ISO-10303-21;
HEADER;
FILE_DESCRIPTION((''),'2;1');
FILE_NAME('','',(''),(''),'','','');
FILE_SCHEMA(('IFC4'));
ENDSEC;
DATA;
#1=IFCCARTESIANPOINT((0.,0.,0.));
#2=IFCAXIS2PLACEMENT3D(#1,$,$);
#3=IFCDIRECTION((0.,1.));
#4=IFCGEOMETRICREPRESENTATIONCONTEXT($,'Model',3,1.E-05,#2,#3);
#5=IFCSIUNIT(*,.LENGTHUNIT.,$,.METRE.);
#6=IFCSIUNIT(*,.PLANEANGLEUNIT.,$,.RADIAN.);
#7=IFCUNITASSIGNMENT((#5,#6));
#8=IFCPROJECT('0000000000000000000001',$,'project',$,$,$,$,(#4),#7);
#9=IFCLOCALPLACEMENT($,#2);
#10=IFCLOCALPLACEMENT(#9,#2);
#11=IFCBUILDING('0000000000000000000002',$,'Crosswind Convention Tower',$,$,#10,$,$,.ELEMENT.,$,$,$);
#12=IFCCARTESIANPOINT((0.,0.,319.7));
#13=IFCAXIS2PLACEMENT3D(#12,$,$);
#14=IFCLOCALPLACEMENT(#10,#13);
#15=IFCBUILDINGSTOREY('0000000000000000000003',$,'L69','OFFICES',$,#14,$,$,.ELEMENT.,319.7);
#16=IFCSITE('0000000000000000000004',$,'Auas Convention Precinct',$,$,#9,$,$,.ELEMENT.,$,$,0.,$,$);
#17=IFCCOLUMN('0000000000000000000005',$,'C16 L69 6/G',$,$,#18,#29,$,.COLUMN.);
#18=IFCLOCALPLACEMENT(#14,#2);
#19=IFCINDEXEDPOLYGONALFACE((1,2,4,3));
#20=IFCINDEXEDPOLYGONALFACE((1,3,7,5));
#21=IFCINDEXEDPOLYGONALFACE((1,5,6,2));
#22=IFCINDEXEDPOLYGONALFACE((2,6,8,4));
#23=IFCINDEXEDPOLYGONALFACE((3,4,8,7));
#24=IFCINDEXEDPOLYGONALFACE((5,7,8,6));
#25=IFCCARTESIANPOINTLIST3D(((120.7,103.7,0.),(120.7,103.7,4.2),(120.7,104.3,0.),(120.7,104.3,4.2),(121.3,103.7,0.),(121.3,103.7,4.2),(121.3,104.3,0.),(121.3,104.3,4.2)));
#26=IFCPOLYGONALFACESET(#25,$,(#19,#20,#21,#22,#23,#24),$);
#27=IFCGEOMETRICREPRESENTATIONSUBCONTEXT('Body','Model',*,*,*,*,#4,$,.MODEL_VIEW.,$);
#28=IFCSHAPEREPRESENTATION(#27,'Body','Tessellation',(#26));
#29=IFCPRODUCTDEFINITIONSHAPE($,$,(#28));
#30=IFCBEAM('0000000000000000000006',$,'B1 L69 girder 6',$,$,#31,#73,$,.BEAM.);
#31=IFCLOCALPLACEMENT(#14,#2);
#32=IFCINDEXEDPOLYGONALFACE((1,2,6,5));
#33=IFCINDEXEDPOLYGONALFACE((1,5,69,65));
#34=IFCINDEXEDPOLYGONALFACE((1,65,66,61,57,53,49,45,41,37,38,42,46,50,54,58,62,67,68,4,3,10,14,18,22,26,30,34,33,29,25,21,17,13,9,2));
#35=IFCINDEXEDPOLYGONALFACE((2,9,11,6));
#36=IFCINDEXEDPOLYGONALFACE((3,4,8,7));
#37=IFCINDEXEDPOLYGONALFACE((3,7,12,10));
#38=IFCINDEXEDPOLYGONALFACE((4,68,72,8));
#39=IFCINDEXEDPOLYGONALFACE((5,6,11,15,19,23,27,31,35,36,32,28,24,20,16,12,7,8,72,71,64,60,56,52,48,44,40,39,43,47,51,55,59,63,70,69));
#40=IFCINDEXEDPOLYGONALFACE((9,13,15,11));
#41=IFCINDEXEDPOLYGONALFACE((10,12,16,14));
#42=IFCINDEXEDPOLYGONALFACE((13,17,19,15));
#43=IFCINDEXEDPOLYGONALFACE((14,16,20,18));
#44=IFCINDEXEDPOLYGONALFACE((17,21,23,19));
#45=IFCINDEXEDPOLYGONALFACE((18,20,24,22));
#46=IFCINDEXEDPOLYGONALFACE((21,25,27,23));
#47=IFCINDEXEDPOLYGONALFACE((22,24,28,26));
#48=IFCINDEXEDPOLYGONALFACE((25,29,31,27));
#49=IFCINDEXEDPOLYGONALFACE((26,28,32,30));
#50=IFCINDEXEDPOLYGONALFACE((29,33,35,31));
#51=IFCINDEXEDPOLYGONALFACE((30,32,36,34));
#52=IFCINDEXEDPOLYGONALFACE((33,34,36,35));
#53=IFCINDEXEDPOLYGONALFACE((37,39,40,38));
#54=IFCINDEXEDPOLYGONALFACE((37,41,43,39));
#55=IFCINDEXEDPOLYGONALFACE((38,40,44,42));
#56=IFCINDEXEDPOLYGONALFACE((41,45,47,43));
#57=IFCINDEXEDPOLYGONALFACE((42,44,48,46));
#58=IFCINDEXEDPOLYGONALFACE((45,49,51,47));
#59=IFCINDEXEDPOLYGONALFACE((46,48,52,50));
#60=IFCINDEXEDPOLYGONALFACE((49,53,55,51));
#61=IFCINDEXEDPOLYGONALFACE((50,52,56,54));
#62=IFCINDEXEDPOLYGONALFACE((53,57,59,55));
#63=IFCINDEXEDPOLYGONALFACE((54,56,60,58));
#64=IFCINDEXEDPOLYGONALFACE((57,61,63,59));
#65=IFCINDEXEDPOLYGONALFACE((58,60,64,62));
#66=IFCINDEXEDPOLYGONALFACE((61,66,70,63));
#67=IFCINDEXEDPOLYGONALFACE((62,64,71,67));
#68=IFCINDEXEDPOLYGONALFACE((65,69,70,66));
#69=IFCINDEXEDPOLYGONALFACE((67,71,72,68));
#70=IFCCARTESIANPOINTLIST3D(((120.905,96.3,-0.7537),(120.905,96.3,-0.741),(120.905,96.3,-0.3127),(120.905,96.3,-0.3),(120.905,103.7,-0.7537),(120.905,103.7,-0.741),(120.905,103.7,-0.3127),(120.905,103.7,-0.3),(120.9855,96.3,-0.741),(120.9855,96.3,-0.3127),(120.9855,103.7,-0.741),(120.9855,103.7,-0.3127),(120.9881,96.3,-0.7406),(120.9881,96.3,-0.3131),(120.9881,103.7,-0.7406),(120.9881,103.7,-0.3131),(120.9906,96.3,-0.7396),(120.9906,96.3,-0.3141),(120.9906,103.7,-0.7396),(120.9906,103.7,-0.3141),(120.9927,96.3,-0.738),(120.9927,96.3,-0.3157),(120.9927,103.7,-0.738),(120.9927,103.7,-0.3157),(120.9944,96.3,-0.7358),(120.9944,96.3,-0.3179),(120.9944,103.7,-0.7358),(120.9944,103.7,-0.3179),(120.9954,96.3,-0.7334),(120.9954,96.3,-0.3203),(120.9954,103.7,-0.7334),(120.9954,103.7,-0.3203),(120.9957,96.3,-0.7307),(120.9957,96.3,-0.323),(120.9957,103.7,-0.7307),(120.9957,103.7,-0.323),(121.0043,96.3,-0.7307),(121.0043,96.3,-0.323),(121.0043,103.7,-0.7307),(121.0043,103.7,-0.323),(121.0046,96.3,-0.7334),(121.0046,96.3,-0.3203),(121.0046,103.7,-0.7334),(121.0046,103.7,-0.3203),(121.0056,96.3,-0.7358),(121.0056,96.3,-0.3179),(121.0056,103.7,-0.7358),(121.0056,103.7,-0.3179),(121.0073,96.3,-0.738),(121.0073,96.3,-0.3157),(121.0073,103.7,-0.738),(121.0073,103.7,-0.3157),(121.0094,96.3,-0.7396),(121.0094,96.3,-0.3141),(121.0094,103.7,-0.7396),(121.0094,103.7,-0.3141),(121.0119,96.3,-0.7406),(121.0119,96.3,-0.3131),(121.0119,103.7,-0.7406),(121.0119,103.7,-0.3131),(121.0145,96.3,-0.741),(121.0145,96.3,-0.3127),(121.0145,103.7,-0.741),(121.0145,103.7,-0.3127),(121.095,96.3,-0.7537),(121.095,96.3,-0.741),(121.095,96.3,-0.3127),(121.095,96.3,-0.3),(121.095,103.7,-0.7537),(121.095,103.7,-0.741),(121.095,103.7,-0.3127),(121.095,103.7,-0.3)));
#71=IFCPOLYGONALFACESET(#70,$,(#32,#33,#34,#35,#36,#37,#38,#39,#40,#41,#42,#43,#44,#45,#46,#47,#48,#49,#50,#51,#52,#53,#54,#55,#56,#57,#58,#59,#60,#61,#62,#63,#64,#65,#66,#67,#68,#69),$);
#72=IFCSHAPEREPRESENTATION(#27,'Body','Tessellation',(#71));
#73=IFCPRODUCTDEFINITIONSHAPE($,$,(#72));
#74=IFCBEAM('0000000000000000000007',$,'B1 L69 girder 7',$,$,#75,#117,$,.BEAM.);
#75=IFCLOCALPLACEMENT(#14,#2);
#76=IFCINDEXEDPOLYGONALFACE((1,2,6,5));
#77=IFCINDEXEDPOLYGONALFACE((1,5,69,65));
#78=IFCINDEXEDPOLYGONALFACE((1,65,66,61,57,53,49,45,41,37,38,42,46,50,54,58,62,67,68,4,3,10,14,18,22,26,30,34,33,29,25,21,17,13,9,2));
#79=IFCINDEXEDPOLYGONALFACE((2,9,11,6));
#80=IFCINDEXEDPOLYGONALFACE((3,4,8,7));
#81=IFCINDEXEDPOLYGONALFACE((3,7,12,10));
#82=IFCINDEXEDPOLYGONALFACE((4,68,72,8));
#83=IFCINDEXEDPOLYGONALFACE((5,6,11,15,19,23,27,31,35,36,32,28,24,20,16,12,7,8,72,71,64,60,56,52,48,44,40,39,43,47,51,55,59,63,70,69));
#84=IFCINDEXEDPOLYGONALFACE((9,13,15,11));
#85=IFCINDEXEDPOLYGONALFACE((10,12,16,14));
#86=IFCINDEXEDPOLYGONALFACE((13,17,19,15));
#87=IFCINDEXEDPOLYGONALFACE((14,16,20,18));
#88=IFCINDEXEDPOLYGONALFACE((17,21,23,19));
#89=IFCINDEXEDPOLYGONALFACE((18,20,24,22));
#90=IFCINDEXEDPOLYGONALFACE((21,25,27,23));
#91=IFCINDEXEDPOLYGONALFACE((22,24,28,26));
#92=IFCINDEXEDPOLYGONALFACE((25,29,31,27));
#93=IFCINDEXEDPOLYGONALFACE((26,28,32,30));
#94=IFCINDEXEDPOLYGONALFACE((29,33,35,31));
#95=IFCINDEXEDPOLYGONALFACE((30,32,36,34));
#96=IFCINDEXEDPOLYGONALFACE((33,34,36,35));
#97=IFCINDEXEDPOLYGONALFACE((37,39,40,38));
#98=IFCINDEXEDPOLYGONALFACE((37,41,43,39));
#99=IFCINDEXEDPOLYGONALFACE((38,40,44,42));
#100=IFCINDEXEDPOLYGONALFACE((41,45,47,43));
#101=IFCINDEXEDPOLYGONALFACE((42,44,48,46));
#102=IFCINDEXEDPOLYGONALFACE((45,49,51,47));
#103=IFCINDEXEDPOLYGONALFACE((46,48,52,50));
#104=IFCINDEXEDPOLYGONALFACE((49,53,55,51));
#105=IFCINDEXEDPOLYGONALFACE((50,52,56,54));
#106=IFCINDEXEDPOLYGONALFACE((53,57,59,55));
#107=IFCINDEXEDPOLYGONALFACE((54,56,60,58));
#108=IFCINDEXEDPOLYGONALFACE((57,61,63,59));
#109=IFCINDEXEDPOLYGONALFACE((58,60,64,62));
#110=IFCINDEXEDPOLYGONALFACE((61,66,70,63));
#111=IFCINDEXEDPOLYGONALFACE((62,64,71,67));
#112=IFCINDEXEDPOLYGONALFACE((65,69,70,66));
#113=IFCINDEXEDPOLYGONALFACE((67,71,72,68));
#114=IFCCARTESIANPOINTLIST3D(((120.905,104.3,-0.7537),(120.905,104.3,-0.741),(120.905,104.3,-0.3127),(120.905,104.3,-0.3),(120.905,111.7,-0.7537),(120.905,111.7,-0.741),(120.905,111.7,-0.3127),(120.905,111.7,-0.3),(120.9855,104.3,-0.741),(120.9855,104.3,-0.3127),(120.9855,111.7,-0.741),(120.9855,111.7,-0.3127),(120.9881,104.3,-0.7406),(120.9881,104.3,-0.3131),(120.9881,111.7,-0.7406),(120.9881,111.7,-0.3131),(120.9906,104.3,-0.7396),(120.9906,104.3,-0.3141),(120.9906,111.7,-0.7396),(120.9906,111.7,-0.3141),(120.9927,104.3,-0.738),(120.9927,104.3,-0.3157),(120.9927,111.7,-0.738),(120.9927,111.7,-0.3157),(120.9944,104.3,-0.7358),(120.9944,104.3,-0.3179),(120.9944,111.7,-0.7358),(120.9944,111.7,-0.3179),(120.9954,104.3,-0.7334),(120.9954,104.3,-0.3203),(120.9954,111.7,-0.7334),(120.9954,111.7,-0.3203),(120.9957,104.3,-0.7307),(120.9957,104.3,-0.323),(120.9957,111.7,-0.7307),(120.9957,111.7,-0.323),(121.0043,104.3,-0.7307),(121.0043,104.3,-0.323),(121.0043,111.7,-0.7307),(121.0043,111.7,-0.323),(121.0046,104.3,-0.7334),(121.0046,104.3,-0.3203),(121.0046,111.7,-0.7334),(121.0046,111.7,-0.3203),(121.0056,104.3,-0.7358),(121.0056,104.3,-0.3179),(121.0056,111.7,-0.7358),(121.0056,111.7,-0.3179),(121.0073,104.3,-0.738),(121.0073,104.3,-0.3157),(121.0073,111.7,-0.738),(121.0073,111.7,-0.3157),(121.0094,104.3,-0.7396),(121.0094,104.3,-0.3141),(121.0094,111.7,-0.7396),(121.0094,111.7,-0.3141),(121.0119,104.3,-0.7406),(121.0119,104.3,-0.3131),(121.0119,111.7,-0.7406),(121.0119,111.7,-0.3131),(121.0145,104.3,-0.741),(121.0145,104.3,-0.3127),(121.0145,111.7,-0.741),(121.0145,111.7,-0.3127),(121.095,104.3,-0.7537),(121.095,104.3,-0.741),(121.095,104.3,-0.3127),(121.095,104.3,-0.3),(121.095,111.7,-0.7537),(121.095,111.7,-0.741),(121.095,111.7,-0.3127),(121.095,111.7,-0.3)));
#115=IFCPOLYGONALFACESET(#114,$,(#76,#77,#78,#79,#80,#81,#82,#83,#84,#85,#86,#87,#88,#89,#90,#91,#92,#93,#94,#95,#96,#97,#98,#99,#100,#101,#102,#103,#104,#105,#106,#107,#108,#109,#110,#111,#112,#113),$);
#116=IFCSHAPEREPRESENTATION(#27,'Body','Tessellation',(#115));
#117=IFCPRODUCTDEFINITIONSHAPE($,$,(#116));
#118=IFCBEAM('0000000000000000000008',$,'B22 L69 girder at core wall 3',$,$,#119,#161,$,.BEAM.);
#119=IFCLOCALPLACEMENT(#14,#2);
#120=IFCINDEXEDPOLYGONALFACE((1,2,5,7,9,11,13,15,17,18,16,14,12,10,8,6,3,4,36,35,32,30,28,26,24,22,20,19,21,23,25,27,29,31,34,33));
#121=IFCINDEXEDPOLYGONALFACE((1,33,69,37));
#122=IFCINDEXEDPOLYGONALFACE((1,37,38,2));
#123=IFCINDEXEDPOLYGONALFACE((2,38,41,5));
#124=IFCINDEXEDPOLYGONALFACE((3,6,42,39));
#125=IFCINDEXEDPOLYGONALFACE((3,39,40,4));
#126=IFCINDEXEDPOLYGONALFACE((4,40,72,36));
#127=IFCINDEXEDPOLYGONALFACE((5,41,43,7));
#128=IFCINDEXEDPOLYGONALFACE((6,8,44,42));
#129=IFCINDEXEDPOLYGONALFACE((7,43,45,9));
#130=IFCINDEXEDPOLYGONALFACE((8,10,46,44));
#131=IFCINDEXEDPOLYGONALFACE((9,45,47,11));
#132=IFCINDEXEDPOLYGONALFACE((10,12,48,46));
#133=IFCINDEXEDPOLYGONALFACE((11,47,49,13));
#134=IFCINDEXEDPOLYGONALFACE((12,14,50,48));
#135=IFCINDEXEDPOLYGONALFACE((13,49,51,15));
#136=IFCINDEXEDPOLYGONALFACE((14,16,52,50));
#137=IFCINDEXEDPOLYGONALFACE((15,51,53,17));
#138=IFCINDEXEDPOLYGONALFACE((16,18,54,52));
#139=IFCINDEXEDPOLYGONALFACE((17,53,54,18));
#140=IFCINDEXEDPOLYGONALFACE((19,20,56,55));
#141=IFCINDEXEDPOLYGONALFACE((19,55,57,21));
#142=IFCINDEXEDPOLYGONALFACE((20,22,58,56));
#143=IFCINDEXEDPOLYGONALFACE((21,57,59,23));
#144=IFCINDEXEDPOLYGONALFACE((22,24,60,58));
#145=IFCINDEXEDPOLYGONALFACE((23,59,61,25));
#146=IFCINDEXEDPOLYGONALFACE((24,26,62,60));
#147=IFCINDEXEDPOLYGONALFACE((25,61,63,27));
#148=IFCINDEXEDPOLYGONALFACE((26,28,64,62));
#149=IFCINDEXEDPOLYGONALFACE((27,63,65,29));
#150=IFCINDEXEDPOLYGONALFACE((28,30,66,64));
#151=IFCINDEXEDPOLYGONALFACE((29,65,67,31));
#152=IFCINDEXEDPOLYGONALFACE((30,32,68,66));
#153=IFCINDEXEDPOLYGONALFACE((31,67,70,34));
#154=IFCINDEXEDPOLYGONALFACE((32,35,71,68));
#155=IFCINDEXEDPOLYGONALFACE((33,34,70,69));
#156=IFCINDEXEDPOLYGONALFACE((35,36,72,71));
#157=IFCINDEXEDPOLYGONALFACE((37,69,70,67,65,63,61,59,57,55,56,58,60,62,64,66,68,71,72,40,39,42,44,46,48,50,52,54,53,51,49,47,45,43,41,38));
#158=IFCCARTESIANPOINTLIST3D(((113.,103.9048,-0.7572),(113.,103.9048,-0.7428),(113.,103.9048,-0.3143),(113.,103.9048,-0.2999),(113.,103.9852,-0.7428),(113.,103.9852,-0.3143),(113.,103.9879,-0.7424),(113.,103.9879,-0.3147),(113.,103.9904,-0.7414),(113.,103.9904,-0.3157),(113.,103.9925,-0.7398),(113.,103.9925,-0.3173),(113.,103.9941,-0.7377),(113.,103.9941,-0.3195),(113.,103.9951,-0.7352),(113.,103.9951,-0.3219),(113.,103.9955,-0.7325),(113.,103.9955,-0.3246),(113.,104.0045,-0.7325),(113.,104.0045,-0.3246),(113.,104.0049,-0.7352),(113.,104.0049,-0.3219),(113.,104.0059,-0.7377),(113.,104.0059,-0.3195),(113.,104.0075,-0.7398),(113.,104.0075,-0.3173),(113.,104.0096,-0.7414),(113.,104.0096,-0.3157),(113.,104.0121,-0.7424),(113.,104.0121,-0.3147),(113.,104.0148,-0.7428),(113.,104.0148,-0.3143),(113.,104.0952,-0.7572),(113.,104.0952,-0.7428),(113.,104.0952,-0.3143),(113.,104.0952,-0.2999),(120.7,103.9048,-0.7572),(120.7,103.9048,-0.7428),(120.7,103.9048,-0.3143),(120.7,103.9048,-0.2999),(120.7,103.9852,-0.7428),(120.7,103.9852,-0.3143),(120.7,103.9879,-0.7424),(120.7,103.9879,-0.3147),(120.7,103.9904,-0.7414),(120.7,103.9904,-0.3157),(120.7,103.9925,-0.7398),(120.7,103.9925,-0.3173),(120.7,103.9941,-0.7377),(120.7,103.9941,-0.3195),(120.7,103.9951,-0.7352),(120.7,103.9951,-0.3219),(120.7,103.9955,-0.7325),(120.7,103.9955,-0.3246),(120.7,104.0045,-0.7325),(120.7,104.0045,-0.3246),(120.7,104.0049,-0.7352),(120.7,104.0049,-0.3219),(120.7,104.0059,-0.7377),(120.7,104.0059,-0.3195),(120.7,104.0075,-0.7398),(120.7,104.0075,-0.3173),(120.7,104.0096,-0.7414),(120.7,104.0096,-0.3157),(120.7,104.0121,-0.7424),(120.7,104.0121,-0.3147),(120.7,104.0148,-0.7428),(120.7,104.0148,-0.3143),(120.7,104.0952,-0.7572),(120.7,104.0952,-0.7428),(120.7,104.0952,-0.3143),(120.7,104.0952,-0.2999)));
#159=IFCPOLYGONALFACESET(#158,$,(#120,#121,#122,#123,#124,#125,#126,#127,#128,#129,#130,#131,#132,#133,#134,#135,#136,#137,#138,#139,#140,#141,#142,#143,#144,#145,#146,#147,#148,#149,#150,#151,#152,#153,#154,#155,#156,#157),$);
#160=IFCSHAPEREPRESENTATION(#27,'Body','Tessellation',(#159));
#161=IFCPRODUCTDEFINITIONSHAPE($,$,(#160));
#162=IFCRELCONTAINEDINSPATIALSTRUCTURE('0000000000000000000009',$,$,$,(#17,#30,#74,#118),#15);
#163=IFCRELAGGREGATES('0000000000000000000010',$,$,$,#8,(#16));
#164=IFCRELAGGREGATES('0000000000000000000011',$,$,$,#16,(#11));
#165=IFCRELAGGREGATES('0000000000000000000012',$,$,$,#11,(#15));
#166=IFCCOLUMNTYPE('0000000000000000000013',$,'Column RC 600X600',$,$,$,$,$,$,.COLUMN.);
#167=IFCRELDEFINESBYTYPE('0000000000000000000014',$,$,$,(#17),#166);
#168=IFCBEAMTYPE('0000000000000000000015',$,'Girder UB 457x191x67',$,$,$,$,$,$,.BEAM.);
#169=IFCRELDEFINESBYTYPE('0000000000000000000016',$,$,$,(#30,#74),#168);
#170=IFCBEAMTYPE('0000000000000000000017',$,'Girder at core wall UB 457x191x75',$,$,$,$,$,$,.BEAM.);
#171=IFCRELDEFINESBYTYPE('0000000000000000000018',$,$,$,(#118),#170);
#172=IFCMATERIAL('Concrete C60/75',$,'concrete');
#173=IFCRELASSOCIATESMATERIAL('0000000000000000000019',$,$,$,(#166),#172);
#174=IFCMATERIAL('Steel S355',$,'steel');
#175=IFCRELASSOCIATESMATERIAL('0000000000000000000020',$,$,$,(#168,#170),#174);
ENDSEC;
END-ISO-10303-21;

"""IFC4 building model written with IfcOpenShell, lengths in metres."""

from ifc_helpers import new_model, si_unit, direction, frame, origin, origin_2d, place, context, subcontext, project, spatial, rectangle, i_section, extrude, material, material_profile, profile_set, type_object, element, save


model = new_model("IFC4")

# Units and contexts
model_context = context("Model", 3, precision=1e-05, world=origin(), true_north=direction((0.0, 1.0)))
body_context = subcontext(model_context, "Body", "Model", "MODEL_VIEW")
ifc_project = project(units=[si_unit("LENGTHUNIT", "METRE"), si_unit("PLANEANGLEUNIT", "RADIAN")], contexts=[model_context])

# Site, building, storey
site_placement = place(None, origin())
site = spatial("IfcSite", under=ifc_project, at=site_placement, Name="Auas Convention Precinct", CompositionType="ELEMENT", RefElevation=0.0)
building_placement = place(site_placement, origin())
building = spatial("IfcBuilding", under=site, at=building_placement, Name="Crosswind Convention Tower", CompositionType="ELEMENT")
storey_placement = place(building_placement, frame((0.0, 0.0, 319.7)))
storey = spatial("IfcBuildingStorey", under=building, at=storey_placement, Name="L69", Description="OFFICES", CompositionType="ELEMENT", Elevation=319.7)

# Column
ifc_material_1 = material(Name="Concrete C60/75", Category="concrete")
ifc_material_profile_1 = material_profile(ifc_material_1, rectangle(XDim=0.6001, YDim=0.6001, at=origin_2d()), Name="RC 600X600")
ifc_profile_set_1 = profile_set([ifc_material_profile_1], Name="Concrete C60/75")
column_type = type_object("IfcColumnType", Name="Column RC 600X600", PredefinedType="COLUMN", material=ifc_profile_set_1)
column_placement = place(storey_placement, frame((121.0, 104.0, 0.0), z_axis=(0.0, 0.0, 1.0), x_axis=(1.0, 0.0, 0.0)))
element("IfcColumn", 1, at=column_placement, inside=storey, type_object=column_type, Name="C16 L69 6/G", PredefinedType="COLUMN", context=body_context, shape_type="SweptSolid", body=[
    extrude(rectangle(XDim=0.6001, YDim=0.6001, at=origin_2d()), origin(), (0.0, 0.0, 1.0), 4.2),
])

# Beams
ifc_material_2 = material(Name="Steel S355", Category="steel")
ifc_material_profile_2 = material_profile(ifc_material_2, i_section(OverallWidth=0.1899, OverallDepth=0.4536, WebThickness=0.0085, FlangeThickness=0.0127, FilletRadius=0.0103, at=origin_2d()), Name="UB 457x191x67")
ifc_profile_set_2 = profile_set([ifc_material_profile_2], Name="Steel S355")
beam_type_1 = type_object("IfcBeamType", Name="Girder UB 457x191x67", PredefinedType="BEAM", material=ifc_profile_set_2)
for number, where, z_axis, x_axis, name in (
    (2, (121.0, 96.3, -0.5269), (0.0, 1.0, 0.0), (-1.0, 0.0, 0.0), "B1 L69 girder 6"),
    (3, (121.0, 104.3, -0.5269), (0.0, 1.0, 0.0), (-1.0, 0.0, 0.0), "B1 L69 girder 7"),
):
    element("IfcBeam", number, at=place(storey_placement, frame(where, z_axis=z_axis, x_axis=x_axis)), inside=storey, type_object=beam_type_1, Name=name, PredefinedType="BEAM", context=body_context, shape_type="SweptSolid", body=[
        extrude(i_section(OverallWidth=0.1899, OverallDepth=0.4536, WebThickness=0.0085, FlangeThickness=0.0127, FilletRadius=0.0103, at=origin_2d()), origin(), (0.0, 0.0, 1.0), 7.3999),
    ])
ifc_material_profile_3 = material_profile(ifc_material_2, i_section(OverallWidth=0.1904, OverallDepth=0.4573, WebThickness=0.009, FlangeThickness=0.0144, FilletRadius=0.0103, at=origin_2d()), Name="UB 457x191x75")
ifc_profile_set_3 = profile_set([ifc_material_profile_3], Name="Steel S355")
beam_type_2 = type_object("IfcBeamType", Name="Girder at core wall UB 457x191x75", PredefinedType="BEAM", material=ifc_profile_set_3)
for number, where, z_axis, x_axis, name in (
    (4, (113.0, 104.0, -0.5286), (1.0, 0.0, 0.0), (0.0, 1.0, 0.0), "B22 L69 girder at core wall 3"),
):
    element("IfcBeam", number, at=place(storey_placement, frame(where, z_axis=z_axis, x_axis=x_axis)), inside=storey, type_object=beam_type_2, Name=name, PredefinedType="BEAM", context=body_context, shape_type="SweptSolid", body=[
        extrude(i_section(OverallWidth=0.1904, OverallDepth=0.4573, WebThickness=0.009, FlangeThickness=0.0144, FilletRadius=0.0103, at=origin_2d()), origin(), (0.0, 0.0, 1.0), 7.7),
    ])

save(model, "model.ifc")
